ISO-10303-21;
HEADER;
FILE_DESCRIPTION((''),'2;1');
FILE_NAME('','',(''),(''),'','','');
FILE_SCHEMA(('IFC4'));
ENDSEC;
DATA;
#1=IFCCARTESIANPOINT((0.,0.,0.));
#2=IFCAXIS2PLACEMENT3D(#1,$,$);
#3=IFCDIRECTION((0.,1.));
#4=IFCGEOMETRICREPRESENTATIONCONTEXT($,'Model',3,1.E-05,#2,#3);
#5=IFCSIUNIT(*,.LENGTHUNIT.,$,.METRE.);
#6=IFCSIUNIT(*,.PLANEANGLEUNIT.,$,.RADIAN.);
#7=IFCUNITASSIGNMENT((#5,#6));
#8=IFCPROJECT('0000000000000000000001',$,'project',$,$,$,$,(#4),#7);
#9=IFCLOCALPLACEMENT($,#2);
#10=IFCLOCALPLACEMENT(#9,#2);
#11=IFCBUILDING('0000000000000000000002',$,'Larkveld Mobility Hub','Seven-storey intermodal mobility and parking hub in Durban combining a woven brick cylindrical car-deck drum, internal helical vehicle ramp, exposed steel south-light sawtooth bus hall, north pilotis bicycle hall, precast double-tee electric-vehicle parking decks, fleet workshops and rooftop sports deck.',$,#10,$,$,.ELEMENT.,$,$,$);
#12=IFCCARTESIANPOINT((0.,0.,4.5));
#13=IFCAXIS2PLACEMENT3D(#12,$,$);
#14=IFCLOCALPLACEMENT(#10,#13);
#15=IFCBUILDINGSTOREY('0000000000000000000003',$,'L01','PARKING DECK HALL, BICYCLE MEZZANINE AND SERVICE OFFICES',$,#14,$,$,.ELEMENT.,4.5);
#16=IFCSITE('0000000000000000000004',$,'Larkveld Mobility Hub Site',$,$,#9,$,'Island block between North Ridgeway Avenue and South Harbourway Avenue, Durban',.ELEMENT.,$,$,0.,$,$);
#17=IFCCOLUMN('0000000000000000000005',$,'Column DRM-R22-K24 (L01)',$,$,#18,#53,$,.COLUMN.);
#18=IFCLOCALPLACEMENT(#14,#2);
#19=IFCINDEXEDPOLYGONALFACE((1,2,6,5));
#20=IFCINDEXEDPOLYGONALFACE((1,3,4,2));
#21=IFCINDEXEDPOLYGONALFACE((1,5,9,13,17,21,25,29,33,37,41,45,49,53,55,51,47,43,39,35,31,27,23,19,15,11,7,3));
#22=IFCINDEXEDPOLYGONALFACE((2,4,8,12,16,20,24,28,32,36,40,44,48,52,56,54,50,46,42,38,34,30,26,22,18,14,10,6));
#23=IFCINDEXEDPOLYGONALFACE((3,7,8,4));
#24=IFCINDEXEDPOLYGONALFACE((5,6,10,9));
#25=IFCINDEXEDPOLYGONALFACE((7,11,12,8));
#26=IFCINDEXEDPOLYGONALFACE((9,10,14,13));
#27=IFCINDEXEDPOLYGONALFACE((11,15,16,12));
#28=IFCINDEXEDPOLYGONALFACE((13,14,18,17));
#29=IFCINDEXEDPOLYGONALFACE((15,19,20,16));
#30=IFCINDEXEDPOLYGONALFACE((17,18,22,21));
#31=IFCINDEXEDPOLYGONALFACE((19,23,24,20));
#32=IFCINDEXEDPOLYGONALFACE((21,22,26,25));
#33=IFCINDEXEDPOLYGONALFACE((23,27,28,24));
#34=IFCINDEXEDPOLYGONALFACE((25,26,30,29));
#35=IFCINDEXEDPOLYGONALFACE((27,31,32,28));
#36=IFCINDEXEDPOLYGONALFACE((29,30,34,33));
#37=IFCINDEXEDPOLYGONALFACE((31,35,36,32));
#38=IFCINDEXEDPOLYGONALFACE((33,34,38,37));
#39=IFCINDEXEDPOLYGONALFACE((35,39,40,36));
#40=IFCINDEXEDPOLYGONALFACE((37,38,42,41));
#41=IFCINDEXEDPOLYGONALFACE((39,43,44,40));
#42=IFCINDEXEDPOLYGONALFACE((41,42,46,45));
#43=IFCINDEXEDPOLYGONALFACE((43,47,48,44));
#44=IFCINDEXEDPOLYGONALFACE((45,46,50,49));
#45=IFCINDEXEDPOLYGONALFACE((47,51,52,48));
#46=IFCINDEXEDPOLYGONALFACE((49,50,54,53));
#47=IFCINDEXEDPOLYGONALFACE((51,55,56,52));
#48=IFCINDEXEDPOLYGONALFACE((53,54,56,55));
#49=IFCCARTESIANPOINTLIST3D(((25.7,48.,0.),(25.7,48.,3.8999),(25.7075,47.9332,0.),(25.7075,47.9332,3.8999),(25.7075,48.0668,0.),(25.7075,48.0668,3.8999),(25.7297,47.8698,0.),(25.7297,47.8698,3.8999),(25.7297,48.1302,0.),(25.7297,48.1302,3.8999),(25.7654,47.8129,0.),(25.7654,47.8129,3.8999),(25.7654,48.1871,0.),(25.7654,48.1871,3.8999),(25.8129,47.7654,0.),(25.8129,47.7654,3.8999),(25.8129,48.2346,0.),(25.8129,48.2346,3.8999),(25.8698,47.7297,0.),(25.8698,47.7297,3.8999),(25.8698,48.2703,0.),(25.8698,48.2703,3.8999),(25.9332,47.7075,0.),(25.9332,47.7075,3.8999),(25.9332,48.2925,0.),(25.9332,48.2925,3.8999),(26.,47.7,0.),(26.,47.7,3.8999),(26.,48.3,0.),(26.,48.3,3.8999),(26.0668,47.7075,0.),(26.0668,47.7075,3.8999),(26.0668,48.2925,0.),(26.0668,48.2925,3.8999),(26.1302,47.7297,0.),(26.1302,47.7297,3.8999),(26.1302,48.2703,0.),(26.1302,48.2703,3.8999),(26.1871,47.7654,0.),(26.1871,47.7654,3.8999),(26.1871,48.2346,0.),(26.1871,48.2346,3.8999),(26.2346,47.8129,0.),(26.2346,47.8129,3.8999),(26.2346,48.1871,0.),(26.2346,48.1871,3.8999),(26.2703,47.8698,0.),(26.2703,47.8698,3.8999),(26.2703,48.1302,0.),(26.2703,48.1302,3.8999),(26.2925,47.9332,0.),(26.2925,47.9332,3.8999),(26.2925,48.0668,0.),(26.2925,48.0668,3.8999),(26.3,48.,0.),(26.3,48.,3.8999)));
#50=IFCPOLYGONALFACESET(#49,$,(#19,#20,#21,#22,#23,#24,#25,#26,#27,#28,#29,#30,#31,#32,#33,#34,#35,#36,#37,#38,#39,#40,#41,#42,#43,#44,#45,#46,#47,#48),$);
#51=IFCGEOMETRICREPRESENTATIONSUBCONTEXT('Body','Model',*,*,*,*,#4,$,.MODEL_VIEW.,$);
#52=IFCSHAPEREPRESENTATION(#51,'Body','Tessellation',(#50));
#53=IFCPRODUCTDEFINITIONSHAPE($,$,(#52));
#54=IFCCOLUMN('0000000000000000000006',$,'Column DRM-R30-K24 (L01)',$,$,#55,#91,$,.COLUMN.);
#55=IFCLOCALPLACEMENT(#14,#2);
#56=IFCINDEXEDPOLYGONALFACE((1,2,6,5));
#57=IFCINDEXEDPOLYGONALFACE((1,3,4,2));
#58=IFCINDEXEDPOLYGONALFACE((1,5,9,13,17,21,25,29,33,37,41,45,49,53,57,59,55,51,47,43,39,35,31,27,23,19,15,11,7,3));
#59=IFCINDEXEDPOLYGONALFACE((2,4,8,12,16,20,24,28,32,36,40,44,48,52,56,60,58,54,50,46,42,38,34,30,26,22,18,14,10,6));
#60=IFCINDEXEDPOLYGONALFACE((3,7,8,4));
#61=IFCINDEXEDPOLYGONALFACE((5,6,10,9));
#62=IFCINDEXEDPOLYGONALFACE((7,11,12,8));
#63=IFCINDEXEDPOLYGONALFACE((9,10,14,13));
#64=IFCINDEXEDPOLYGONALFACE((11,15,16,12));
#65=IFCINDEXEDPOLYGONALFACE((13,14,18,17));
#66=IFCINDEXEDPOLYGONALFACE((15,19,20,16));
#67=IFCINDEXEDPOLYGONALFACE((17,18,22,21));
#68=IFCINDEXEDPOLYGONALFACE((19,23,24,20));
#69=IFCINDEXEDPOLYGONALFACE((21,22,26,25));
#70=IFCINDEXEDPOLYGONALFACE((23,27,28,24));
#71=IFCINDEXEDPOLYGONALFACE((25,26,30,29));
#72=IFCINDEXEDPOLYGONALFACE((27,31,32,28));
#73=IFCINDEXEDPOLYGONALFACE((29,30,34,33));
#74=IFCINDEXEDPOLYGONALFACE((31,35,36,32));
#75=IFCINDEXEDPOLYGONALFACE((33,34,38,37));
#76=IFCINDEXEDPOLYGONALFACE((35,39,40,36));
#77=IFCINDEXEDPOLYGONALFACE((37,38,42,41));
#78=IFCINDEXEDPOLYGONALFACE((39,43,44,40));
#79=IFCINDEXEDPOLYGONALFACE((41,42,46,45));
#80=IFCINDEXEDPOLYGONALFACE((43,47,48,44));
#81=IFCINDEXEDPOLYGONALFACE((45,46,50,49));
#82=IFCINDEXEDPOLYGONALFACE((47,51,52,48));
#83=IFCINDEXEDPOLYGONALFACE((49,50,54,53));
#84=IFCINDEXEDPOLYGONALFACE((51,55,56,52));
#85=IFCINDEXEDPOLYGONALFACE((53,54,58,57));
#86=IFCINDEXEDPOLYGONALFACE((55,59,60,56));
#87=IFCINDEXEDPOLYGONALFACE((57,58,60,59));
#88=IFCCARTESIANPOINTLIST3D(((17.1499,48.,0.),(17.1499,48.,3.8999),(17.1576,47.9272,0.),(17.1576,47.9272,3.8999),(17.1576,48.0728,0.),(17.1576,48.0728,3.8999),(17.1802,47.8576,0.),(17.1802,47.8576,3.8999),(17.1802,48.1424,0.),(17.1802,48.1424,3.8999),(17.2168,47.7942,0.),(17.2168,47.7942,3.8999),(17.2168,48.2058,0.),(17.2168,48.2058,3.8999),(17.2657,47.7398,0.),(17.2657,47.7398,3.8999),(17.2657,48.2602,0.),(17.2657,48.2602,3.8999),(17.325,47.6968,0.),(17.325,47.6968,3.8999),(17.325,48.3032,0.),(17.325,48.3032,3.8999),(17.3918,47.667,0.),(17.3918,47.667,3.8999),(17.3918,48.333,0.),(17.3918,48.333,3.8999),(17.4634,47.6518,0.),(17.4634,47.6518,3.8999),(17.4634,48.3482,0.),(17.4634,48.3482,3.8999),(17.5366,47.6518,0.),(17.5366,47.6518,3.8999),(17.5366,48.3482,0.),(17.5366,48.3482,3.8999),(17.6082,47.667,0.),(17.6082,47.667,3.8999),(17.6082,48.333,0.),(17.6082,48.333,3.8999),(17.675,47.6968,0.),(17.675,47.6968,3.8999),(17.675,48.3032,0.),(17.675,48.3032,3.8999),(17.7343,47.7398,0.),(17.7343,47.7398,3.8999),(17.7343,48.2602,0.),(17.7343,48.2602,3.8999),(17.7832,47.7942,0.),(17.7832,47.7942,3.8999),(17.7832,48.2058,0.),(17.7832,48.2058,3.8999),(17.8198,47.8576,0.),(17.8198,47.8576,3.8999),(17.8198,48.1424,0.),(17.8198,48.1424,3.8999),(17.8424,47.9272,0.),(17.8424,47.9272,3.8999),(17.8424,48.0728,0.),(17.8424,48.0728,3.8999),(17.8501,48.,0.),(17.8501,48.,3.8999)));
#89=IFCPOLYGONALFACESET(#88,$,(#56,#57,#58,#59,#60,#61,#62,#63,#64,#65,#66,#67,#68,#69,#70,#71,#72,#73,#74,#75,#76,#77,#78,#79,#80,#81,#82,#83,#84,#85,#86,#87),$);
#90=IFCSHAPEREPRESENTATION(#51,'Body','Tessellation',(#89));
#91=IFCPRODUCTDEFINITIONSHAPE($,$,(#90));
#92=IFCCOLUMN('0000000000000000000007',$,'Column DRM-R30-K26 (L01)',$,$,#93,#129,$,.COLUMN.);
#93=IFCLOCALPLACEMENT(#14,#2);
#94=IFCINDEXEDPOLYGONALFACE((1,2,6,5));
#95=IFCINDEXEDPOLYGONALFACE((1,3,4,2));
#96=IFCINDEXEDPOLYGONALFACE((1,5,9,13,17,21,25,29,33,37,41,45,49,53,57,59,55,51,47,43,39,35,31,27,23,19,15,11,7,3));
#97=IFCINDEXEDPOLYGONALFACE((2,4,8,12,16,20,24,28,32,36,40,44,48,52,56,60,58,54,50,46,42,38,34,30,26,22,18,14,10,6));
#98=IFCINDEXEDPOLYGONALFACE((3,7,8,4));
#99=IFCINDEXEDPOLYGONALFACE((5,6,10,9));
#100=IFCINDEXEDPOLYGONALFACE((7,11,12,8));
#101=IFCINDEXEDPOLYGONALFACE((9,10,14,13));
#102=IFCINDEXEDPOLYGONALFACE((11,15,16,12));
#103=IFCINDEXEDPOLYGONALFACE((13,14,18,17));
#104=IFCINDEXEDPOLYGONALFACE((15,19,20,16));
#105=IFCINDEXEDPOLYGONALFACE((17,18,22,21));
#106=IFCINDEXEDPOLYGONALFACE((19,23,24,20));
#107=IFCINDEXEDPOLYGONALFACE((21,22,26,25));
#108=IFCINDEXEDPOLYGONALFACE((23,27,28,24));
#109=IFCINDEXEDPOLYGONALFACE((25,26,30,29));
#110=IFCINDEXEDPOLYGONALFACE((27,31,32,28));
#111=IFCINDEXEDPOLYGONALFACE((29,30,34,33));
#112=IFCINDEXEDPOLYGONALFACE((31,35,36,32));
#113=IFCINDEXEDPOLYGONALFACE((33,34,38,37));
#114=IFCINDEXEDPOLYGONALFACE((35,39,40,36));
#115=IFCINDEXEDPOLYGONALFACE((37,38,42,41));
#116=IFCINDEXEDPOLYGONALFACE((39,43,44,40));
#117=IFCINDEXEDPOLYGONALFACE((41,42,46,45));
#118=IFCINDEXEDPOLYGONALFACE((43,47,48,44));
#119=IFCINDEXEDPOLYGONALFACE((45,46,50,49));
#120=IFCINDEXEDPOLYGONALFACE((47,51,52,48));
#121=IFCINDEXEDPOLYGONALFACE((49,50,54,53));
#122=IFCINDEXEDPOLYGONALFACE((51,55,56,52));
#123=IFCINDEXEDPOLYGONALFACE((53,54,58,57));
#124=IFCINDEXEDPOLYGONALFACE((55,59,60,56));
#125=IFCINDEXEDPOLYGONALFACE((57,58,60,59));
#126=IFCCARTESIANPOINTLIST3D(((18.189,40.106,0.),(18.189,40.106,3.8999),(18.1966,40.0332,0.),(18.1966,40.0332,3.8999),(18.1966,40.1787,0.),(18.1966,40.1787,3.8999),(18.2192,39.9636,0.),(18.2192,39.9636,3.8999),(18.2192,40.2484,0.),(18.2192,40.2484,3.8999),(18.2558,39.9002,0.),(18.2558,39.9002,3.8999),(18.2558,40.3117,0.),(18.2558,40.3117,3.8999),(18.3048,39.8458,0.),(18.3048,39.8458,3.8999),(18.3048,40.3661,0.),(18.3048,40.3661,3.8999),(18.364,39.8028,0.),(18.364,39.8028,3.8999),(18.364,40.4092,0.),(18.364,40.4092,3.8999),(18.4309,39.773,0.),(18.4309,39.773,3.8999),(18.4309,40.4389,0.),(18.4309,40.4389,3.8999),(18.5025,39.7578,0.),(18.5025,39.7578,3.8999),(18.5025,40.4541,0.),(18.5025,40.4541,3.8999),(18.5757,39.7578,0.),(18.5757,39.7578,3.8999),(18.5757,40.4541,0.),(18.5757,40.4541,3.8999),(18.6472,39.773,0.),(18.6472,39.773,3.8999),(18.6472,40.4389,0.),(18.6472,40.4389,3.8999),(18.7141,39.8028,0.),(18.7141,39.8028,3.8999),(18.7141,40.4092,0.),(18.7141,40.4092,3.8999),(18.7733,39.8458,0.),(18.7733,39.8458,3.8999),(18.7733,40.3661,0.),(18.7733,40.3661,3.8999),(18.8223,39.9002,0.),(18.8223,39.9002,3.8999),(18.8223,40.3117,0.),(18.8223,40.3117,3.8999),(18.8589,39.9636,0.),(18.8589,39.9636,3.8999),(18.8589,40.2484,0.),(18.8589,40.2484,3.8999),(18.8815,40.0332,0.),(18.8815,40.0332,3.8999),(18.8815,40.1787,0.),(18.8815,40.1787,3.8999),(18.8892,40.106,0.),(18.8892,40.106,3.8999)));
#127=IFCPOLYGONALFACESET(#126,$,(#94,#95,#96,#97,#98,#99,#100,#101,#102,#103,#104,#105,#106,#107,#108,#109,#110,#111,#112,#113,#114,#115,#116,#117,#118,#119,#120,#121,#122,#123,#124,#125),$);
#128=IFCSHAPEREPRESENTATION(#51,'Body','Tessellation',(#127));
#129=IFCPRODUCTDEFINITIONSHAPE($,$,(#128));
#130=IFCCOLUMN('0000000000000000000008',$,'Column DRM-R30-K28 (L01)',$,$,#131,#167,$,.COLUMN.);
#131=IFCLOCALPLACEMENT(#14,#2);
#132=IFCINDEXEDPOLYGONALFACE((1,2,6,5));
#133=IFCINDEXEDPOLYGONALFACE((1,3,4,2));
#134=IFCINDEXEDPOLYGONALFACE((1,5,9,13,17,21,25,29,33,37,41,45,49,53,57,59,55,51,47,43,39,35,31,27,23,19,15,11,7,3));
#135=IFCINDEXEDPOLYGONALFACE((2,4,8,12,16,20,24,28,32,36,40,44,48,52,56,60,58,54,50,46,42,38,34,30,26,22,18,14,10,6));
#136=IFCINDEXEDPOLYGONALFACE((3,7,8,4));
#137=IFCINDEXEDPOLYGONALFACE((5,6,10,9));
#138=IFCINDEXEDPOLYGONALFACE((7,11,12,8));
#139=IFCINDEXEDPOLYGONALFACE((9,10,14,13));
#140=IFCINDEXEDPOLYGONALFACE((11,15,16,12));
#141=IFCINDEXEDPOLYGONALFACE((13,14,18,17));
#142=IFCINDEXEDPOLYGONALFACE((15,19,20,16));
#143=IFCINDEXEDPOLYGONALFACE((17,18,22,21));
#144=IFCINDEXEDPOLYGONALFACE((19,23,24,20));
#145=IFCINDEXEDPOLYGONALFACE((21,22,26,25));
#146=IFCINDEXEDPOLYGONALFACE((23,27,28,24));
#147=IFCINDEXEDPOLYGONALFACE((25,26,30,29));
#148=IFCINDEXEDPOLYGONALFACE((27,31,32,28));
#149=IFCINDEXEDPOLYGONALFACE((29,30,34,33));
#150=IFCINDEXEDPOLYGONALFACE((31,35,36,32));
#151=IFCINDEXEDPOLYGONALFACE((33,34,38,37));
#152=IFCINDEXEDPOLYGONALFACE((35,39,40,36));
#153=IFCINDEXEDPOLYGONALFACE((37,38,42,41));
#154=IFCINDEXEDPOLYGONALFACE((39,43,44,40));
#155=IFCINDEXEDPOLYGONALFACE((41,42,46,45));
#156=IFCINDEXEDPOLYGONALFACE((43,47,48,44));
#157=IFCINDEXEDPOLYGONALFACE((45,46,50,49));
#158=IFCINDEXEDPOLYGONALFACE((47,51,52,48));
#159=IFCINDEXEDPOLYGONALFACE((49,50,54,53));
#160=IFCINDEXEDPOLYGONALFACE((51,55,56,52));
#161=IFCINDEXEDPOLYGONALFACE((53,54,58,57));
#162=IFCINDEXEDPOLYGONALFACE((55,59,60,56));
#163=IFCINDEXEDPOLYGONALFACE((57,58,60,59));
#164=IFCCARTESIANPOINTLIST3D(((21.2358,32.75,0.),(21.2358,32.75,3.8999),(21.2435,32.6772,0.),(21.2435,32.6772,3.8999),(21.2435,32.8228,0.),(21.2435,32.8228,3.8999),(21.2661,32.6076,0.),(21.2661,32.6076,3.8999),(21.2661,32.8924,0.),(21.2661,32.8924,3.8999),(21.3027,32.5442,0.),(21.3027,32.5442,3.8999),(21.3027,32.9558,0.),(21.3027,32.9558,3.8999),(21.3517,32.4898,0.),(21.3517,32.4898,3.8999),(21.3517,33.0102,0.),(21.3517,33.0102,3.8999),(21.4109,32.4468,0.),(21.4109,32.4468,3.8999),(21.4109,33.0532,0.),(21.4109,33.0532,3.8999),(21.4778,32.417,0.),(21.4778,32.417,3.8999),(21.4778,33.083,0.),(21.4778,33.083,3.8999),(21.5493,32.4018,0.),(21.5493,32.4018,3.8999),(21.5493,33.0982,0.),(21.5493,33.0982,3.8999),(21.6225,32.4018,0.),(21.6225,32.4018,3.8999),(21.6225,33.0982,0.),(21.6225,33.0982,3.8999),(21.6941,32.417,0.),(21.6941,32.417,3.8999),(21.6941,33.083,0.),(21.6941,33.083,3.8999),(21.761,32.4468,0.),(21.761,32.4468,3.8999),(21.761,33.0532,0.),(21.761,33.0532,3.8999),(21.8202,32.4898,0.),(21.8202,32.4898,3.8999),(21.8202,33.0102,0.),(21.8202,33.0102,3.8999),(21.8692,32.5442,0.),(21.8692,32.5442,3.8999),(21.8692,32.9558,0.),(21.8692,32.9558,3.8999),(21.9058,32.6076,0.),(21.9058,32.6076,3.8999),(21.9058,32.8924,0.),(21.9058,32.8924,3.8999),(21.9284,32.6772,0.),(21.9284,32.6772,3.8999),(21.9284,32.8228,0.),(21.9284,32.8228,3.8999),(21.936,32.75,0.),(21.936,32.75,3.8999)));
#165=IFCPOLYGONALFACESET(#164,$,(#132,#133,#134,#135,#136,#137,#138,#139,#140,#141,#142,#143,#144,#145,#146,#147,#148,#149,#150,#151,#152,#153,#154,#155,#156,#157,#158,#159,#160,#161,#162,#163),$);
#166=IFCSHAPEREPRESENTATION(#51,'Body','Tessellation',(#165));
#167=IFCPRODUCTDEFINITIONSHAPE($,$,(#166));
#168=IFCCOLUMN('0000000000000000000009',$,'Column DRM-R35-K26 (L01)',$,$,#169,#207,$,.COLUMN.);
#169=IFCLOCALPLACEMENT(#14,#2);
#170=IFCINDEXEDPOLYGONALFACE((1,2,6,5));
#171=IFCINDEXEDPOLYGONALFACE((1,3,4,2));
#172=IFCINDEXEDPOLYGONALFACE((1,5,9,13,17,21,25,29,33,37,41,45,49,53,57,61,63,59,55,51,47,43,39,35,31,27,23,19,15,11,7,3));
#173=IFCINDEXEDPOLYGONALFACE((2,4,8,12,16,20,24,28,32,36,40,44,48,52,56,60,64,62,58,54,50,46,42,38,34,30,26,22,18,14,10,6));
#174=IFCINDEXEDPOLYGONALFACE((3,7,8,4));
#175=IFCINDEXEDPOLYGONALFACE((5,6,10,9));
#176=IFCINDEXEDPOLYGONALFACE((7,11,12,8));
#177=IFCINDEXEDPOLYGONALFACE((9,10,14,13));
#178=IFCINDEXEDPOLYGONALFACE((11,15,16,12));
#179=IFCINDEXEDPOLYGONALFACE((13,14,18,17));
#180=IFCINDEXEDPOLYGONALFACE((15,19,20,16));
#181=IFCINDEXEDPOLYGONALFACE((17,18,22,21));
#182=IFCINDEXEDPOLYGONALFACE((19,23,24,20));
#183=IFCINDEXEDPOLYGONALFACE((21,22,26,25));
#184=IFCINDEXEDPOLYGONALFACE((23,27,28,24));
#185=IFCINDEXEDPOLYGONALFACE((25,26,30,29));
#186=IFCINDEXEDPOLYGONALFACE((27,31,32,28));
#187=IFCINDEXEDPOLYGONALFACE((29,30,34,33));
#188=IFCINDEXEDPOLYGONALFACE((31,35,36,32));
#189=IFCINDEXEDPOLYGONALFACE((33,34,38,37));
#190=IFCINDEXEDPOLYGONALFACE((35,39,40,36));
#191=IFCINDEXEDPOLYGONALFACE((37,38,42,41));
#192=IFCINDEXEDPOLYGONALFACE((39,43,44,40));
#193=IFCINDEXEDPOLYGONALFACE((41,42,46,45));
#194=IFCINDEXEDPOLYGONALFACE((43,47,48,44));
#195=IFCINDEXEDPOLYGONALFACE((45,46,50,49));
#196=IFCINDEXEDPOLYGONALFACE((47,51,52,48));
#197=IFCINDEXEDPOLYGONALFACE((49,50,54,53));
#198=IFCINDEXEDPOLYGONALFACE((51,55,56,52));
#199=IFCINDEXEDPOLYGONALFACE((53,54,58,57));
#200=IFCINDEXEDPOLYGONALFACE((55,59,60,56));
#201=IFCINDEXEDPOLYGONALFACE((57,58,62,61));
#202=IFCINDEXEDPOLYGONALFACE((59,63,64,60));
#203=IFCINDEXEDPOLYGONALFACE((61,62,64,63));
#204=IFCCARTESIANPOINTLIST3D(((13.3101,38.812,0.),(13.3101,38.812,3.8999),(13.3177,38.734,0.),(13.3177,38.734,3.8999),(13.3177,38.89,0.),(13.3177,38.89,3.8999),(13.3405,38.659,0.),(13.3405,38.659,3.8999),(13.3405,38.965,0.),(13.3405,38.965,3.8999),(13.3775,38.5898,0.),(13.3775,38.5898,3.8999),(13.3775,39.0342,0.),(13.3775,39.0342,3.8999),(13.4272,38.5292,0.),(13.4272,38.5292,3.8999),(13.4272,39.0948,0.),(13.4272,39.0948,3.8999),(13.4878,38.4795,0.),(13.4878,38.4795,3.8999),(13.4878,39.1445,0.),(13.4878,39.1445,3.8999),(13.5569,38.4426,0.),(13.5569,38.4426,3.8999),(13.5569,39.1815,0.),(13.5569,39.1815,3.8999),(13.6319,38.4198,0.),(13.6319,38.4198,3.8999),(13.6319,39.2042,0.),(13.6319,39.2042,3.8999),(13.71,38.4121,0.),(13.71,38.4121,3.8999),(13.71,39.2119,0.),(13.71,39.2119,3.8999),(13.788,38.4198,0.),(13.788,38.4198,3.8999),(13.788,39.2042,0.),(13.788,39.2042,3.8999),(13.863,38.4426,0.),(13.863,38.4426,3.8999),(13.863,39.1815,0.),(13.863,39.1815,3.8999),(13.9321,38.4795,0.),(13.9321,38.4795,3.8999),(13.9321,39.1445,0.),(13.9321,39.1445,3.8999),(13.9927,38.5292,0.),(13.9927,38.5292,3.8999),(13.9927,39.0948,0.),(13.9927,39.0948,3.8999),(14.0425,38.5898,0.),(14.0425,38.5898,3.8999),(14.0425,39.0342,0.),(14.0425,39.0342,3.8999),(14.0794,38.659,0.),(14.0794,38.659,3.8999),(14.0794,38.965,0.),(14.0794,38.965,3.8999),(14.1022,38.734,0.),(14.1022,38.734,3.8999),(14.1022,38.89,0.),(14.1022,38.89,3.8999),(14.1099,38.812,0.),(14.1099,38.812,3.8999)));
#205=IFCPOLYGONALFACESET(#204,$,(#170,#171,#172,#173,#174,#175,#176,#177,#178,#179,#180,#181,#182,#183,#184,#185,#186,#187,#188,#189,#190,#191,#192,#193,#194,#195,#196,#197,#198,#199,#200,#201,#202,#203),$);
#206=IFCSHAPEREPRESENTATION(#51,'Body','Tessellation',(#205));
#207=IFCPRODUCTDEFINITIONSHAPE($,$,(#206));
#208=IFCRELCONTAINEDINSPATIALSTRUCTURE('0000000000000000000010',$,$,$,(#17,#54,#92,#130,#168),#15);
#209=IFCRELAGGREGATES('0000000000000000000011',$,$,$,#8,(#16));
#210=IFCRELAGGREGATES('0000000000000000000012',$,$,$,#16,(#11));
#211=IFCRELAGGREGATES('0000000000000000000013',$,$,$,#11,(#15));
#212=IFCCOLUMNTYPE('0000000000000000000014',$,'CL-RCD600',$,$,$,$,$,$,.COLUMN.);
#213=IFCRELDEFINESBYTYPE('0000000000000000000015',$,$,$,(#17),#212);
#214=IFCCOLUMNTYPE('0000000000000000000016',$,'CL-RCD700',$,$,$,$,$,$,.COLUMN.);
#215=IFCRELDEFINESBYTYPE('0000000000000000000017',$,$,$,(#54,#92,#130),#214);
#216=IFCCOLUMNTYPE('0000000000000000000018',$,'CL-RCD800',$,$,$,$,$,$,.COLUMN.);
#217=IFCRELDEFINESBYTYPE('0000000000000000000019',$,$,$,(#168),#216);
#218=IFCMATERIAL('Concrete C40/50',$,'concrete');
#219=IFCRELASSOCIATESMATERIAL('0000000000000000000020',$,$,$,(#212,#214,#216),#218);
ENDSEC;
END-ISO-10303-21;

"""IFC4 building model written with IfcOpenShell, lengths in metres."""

from ifc_helpers import new_model, si_unit, direction, frame, origin, origin_2d, place, context, subcontext, project, spatial, circle, extrude, material, material_profile, profile_set, type_object, element, save


model = new_model("IFC4")

# Units and contexts
model_context = context("Model", 3, precision=1e-05, world=origin(), true_north=direction((0.0, 1.0)))
body_context = subcontext(model_context, "Body", "Model", "MODEL_VIEW")
ifc_project = project(units=[si_unit("LENGTHUNIT", "METRE"), si_unit("PLANEANGLEUNIT", "RADIAN")], contexts=[model_context])

# Site, building, storey
site_placement = place(None, origin())
site = spatial("IfcSite", under=ifc_project, at=site_placement, Name="Larkveld Mobility Hub Site", LongName="Island block between North Ridgeway Avenue and South Harbourway Avenue, Durban", CompositionType="ELEMENT", RefElevation=0.0)
building_placement = place(site_placement, origin())
building = spatial("IfcBuilding", under=site, at=building_placement, Name="Larkveld Mobility Hub", Description="Seven-storey intermodal mobility and parking hub in Durban combining a woven brick cylindrical car-deck drum, internal helical vehicle ramp, exposed steel south-light sawtooth bus hall, north pilotis bicycle hall, precast double-tee electric-vehicle parking decks, fleet workshops and rooftop sports deck.", CompositionType="ELEMENT")
storey_placement = place(building_placement, frame((0.0, 0.0, 4.5)))
storey = spatial("IfcBuildingStorey", under=building, at=storey_placement, Name="L01", Description="PARKING DECK HALL, BICYCLE MEZZANINE AND SERVICE OFFICES", CompositionType="ELEMENT", Elevation=4.5)

# Columns
ifc_material_1 = material(Name="Concrete C40/50", Category="concrete")
ifc_material_profile_1 = material_profile(ifc_material_1, circle(Radius=0.3, at=origin_2d()), Name="RC COL D600")
ifc_profile_set_1 = profile_set([ifc_material_profile_1], Name="Concrete C40/50")
column_type_1 = type_object("IfcColumnType", Name="CL-RCD600", PredefinedType="COLUMN", material=ifc_profile_set_1)
column_1_placement = place(storey_placement, frame((26.0, 48.0, 0.0), z_axis=(0.0, 0.0, 1.0), x_axis=(1.0, 0.0, 0.0)))
element("IfcColumn", 1, at=column_1_placement, inside=storey, type_object=column_type_1, Name="Column DRM-R22-K24 (L01)", PredefinedType="COLUMN", context=body_context, shape_type="SweptSolid", body=[
    extrude(circle(Radius=0.3, at=origin_2d()), origin(), (0.0, 0.0, 1.0), 3.8999),
])
ifc_material_profile_2 = material_profile(ifc_material_1, circle(Radius=0.3501, at=origin_2d()), Name="RC COL D700")
ifc_profile_set_2 = profile_set([ifc_material_profile_2], Name="Concrete C40/50")
column_type_2 = type_object("IfcColumnType", Name="CL-RCD700", PredefinedType="COLUMN", material=ifc_profile_set_2)
for number, where, z_axis, x_axis, name in (
    (2, (17.5, 48.0, 0.0), (0.0, 0.0, 1.0), (1.0, 0.0, 0.0), "Column DRM-R30-K24 (L01)"),
    (3, (18.5391, 40.106, 0.0), (0.0, 0.0, 1.0), (1.0, 0.0, 0.0), "Column DRM-R30-K26 (L01)"),
    (4, (21.5859, 32.75, 0.0), (0.0, 0.0, 1.0), (1.0, 0.0, 0.0), "Column DRM-R30-K28 (L01)"),
):
    element("IfcColumn", number, at=place(storey_placement, frame(where, z_axis=z_axis, x_axis=x_axis)), inside=storey, type_object=column_type_2, Name=name, PredefinedType="COLUMN", context=body_context, shape_type="SweptSolid", body=[
        extrude(circle(Radius=0.3501, at=origin_2d()), origin(), (0.0, 0.0, 1.0), 3.8999),
    ])
ifc_material_profile_3 = material_profile(ifc_material_1, circle(Radius=0.3999, at=origin_2d()), Name="RC COL D800")
ifc_profile_set_3 = profile_set([ifc_material_profile_3], Name="Concrete C40/50")
column_type_3 = type_object("IfcColumnType", Name="CL-RCD800", PredefinedType="COLUMN", material=ifc_profile_set_3)
column_2_placement = place(storey_placement, frame((13.71, 38.812, 0.0), z_axis=(0.0, 0.0, 1.0), x_axis=(1.0, 0.0, 0.0)))
element("IfcColumn", 5, at=column_2_placement, inside=storey, type_object=column_type_3, Name="Column DRM-R35-K26 (L01)", PredefinedType="COLUMN", context=body_context, shape_type="SweptSolid", body=[
    extrude(circle(Radius=0.3999, at=origin_2d()), origin(), (0.0, 0.0, 1.0), 3.8999),
])

save(model, "model.ifc")
